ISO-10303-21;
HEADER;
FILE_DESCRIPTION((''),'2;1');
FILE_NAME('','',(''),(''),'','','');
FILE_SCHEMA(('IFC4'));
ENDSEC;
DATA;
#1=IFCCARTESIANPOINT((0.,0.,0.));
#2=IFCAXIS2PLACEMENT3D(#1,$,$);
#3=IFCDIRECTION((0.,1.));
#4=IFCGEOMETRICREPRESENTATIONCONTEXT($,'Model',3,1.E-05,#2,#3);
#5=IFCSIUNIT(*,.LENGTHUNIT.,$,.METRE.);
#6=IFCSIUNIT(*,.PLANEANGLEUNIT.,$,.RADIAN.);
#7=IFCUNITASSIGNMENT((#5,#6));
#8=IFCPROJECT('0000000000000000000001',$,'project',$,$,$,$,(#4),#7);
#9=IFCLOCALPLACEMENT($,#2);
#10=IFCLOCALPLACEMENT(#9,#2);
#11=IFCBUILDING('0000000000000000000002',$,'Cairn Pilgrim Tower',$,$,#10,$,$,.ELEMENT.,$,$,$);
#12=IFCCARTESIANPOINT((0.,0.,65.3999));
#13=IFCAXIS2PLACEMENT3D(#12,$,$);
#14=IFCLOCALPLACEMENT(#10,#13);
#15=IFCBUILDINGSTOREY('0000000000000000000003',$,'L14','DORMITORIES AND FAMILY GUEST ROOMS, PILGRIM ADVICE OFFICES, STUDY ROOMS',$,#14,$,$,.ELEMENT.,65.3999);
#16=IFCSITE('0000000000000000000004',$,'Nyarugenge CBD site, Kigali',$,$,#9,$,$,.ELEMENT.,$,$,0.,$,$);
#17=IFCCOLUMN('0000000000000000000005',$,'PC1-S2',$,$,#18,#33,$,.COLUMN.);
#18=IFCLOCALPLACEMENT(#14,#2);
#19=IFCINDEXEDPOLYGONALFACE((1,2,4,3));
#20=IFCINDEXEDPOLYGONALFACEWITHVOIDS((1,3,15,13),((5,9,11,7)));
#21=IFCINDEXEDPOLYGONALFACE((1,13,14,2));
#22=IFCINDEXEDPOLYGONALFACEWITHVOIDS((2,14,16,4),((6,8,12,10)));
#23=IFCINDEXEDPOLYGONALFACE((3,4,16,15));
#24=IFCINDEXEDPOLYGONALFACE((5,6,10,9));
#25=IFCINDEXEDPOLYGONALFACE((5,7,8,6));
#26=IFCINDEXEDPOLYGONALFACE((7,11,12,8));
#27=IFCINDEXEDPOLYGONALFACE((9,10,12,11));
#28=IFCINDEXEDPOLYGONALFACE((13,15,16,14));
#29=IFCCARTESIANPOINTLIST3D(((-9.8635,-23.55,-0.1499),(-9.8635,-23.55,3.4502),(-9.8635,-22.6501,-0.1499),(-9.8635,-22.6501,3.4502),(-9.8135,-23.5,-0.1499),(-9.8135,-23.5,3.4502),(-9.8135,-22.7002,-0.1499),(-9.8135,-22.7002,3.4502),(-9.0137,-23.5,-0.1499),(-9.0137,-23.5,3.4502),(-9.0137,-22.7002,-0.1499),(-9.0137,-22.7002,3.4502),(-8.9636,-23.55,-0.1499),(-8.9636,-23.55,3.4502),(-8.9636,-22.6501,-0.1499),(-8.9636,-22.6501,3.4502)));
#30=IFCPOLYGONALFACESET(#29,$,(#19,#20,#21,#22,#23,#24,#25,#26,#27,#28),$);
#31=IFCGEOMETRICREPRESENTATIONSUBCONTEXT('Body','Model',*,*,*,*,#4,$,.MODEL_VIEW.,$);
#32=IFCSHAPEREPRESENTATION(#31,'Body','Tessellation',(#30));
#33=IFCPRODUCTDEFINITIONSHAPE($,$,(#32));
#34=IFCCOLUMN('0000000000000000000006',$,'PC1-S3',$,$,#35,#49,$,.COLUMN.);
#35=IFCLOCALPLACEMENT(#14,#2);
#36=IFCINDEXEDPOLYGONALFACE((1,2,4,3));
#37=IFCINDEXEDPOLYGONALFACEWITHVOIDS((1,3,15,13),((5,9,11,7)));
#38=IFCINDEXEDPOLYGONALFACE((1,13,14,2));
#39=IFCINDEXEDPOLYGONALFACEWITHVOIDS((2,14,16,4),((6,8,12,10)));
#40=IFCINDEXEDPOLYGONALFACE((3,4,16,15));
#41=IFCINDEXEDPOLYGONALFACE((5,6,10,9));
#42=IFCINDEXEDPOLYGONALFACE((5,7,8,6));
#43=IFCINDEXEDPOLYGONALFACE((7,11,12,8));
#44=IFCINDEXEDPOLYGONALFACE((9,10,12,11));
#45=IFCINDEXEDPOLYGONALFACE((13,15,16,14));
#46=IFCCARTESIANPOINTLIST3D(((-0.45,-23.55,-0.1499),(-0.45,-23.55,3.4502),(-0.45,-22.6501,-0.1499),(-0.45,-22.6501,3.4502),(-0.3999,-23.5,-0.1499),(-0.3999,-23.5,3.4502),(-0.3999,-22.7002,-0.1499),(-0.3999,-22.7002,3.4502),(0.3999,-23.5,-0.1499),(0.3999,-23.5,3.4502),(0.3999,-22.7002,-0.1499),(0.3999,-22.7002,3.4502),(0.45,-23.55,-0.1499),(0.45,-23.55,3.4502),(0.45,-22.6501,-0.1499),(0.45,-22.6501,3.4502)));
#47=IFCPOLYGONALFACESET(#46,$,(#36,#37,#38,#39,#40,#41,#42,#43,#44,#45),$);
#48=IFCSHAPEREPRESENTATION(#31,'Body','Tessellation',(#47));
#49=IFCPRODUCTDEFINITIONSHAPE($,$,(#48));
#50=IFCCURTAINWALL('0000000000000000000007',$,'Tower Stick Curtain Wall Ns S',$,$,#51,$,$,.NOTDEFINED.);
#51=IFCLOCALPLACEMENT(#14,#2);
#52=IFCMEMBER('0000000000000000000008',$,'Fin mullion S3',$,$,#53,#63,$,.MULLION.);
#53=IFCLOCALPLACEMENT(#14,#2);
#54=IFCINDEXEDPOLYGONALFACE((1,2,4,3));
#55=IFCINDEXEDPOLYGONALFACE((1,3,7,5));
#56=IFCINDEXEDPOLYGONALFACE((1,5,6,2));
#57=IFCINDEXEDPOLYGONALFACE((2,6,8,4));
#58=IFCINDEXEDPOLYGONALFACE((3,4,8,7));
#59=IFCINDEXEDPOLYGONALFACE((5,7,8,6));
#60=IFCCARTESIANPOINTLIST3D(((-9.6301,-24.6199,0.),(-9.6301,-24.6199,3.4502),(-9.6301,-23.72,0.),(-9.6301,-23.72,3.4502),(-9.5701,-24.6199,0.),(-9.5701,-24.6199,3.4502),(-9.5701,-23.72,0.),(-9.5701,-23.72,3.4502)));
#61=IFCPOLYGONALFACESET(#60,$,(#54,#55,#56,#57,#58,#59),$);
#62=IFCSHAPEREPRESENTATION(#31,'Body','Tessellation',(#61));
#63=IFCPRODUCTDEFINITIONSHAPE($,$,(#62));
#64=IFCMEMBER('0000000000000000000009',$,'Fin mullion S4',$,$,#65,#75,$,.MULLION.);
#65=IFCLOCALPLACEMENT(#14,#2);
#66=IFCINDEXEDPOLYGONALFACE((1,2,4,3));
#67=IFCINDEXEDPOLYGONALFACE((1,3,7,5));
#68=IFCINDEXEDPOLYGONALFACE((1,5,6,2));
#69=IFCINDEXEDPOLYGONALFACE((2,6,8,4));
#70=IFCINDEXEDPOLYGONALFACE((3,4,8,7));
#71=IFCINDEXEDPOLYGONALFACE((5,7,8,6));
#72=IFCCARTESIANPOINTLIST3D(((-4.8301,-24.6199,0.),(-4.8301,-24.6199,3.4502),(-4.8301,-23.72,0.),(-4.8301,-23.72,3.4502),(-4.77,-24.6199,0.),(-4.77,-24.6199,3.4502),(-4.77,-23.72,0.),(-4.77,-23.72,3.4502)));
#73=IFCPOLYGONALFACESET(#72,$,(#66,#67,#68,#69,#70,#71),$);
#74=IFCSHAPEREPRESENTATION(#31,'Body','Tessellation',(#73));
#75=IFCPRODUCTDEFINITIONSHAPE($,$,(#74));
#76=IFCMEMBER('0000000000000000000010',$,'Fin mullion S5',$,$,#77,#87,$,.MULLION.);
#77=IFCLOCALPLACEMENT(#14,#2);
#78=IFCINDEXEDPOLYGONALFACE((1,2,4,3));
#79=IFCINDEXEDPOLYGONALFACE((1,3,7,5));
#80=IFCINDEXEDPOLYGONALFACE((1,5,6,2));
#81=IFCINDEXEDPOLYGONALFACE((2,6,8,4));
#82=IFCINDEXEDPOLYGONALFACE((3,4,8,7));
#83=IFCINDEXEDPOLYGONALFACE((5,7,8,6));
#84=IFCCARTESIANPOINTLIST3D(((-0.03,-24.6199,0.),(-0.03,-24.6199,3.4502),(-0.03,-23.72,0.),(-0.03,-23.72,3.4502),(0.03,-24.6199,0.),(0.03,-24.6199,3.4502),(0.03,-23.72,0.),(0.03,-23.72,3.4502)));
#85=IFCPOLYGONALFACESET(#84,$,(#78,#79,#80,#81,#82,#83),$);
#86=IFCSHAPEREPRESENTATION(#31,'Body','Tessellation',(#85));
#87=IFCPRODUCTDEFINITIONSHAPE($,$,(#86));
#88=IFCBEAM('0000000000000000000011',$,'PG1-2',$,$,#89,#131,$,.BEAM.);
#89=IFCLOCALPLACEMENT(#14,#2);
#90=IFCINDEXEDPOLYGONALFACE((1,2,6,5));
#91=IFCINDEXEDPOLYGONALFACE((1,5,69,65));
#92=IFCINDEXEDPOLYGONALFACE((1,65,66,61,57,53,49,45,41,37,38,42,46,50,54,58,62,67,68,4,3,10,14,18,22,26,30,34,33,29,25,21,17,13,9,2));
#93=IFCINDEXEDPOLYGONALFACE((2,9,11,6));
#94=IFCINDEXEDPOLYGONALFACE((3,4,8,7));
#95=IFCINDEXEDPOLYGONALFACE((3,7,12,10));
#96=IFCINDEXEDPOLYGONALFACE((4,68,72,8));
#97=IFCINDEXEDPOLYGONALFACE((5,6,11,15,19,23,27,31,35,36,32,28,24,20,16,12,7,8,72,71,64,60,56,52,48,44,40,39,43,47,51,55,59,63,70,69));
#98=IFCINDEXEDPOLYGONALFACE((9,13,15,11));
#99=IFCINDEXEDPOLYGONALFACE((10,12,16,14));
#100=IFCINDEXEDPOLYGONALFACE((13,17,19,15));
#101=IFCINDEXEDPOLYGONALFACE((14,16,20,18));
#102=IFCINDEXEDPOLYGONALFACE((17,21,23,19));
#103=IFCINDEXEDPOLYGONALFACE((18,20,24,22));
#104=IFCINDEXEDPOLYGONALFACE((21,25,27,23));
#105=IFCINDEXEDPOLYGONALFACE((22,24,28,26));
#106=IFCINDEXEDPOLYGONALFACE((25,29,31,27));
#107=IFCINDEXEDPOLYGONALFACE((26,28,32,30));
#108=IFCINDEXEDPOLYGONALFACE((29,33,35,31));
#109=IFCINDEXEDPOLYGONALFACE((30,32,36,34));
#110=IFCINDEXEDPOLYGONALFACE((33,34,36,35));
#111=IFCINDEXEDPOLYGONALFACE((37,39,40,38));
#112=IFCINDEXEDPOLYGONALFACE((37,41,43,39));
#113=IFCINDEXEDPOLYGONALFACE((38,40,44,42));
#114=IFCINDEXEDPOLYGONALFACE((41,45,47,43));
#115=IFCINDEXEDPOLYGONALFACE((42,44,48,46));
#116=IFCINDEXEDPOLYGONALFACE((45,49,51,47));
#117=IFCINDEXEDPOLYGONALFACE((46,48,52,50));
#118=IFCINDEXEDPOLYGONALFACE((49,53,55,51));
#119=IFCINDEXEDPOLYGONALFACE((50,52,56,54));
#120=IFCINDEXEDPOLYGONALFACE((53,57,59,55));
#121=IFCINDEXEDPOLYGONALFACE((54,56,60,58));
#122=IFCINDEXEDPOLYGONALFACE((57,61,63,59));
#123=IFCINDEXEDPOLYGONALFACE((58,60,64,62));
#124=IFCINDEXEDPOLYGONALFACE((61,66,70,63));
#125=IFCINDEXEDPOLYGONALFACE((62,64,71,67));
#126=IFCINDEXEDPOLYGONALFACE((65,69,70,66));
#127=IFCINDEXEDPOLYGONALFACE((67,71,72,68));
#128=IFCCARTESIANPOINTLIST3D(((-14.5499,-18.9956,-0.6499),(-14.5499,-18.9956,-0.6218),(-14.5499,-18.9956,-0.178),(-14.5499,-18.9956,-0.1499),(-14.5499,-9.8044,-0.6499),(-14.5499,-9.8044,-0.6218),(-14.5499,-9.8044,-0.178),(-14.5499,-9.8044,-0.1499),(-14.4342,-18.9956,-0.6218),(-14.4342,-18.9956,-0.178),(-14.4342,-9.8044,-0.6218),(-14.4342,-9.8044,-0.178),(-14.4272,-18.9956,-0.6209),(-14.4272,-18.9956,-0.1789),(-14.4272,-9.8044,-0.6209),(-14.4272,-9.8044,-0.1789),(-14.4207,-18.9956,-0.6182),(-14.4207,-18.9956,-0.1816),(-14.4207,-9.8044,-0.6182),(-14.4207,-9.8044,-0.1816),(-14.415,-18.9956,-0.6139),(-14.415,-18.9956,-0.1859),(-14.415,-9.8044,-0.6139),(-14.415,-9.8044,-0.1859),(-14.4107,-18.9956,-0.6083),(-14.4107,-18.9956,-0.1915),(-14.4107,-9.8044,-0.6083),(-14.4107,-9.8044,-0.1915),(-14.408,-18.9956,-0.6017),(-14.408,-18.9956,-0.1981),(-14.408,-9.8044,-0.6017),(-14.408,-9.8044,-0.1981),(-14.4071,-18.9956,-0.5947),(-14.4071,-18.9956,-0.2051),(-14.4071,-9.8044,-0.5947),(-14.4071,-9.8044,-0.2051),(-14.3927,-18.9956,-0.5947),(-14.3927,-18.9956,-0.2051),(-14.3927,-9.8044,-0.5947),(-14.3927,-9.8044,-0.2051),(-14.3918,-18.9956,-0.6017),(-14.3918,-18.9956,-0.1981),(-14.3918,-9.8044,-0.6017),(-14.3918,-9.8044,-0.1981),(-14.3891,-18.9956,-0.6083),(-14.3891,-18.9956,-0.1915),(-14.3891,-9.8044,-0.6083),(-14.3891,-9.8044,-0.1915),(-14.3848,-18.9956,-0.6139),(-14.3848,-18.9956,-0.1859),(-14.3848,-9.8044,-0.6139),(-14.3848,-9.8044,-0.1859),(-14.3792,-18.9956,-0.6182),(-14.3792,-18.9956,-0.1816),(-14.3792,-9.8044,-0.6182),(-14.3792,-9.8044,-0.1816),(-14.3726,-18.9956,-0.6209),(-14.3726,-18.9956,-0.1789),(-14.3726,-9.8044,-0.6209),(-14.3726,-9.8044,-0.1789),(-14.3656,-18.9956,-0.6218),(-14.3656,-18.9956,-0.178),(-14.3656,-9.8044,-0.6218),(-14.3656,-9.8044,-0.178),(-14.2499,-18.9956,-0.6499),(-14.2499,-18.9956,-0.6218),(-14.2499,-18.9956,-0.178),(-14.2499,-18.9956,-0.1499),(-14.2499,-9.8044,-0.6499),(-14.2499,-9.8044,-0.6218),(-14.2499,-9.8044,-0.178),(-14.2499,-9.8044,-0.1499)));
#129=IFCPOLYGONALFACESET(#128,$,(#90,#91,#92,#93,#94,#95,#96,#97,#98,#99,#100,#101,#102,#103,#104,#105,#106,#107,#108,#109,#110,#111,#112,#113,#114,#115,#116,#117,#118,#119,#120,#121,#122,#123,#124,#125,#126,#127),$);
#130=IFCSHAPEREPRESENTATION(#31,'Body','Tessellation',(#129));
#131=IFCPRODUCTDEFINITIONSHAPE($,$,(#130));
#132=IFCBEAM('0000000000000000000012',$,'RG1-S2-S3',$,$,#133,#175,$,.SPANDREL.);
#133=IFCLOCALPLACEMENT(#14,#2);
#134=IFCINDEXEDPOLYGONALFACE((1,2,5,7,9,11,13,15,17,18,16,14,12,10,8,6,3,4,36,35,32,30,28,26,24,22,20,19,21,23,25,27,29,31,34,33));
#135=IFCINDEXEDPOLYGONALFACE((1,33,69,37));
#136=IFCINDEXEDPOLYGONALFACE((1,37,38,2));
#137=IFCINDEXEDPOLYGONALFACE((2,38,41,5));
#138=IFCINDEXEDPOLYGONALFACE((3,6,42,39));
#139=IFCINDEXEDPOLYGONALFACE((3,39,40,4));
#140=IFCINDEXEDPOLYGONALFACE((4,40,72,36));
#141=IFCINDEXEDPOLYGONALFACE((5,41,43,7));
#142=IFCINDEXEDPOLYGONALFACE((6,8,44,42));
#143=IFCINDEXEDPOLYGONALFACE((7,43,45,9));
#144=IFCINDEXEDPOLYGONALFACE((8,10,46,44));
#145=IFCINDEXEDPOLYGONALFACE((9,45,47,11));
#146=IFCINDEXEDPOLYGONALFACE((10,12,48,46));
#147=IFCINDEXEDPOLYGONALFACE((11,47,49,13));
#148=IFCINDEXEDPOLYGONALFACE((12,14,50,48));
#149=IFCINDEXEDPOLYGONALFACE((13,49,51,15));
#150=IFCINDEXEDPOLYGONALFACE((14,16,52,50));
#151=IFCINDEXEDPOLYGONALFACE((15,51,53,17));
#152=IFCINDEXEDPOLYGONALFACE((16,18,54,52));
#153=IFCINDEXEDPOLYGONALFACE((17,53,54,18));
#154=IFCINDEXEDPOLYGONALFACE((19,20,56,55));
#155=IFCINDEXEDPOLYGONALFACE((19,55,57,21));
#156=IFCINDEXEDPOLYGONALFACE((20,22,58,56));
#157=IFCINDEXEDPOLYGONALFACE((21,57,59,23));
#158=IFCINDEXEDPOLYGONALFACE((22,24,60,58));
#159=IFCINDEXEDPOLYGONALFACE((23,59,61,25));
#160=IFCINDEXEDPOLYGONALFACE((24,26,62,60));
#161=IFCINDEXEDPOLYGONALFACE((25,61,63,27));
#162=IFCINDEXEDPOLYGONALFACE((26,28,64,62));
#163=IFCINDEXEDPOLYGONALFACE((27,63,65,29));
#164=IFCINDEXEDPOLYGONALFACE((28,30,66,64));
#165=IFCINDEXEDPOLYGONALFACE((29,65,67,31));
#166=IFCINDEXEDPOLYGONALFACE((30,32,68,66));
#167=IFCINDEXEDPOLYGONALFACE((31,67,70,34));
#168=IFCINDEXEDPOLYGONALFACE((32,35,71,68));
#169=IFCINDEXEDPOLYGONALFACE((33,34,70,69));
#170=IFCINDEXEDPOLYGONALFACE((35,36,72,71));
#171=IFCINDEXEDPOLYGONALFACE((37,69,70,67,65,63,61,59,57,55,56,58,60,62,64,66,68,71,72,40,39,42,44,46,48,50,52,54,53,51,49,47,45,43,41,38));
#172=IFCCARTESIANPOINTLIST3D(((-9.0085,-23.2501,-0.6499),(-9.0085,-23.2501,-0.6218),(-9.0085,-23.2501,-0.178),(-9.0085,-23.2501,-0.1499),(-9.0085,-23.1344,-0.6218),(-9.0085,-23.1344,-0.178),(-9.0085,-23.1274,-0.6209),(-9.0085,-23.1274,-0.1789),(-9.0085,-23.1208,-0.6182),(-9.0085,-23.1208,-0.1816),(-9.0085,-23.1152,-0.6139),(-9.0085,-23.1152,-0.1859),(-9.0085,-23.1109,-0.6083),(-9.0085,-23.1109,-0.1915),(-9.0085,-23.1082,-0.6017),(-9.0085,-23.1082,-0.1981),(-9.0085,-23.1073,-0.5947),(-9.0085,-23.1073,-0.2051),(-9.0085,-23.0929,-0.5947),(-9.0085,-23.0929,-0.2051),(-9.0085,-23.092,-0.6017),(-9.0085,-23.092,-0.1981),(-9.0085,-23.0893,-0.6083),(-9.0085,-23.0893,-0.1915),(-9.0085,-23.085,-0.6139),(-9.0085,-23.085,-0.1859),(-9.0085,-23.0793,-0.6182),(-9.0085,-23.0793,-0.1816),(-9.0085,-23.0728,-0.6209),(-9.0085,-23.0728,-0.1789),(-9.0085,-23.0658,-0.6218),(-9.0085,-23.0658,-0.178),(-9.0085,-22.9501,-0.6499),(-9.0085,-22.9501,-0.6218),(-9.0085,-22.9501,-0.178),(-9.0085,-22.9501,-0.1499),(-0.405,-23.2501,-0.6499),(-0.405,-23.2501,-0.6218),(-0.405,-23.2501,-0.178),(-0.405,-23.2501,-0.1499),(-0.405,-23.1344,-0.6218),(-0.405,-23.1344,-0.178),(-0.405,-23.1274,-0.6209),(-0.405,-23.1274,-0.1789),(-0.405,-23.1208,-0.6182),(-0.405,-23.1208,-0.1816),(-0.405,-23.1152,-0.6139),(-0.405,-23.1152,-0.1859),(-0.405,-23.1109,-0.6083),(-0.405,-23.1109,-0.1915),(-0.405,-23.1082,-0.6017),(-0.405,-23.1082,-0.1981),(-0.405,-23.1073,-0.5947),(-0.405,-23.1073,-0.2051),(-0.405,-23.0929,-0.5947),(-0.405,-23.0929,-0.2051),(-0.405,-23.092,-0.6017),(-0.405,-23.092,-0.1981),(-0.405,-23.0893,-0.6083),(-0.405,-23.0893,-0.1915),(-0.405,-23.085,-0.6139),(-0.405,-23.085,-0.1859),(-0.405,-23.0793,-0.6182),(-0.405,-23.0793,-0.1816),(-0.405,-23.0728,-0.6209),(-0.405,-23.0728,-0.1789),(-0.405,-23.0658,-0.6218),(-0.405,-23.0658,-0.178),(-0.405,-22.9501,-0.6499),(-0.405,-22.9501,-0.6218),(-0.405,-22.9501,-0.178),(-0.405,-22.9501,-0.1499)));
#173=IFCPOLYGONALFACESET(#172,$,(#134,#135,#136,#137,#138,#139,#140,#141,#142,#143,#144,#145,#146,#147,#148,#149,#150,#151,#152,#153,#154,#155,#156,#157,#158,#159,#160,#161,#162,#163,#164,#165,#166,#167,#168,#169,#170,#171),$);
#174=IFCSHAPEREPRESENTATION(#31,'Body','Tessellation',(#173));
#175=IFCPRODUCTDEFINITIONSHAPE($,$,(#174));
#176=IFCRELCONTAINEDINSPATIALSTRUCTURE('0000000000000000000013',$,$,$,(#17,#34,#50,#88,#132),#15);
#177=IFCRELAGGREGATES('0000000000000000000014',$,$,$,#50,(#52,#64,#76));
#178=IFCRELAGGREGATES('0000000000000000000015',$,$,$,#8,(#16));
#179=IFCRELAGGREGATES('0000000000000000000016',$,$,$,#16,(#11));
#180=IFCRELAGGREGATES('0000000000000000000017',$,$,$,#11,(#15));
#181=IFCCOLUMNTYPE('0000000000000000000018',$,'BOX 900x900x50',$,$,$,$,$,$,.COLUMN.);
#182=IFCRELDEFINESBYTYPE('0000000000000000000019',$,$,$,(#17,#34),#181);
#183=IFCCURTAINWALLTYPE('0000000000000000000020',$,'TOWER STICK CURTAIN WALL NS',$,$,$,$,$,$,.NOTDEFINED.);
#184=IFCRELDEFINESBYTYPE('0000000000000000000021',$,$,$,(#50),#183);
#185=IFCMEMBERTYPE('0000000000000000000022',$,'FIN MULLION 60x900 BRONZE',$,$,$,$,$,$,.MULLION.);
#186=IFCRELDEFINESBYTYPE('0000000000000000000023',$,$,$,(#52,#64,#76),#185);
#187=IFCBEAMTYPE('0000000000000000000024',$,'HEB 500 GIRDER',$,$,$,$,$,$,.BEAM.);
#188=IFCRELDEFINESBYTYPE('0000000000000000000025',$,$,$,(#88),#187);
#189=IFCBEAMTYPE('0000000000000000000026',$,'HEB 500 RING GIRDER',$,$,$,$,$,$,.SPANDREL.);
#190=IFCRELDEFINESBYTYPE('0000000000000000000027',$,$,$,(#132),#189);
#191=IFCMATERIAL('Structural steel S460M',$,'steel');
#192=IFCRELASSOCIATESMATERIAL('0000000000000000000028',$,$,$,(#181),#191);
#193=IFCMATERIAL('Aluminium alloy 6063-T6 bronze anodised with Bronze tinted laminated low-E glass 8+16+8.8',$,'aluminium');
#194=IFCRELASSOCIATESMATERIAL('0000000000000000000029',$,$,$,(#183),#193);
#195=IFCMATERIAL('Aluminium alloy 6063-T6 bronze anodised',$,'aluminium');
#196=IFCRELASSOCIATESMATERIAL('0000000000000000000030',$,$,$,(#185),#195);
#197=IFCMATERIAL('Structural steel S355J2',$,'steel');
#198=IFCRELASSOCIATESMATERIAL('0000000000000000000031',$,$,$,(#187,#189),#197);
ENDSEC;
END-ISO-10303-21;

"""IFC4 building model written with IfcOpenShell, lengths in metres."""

from ifc_helpers import new_model, si_unit, direction, frame, origin, origin_2d, place, context, subcontext, project, spatial, rectangle, hollow_rectangle, i_section, extrude, material, material_profile, profile_set, type_object, element, aggregate, save


model = new_model("IFC4")

# Units and contexts
model_context = context("Model", 3, precision=1e-05, world=origin(), true_north=direction((0.0, 1.0)))
body_context = subcontext(model_context, "Body", "Model", "MODEL_VIEW")
ifc_project = project(units=[si_unit("LENGTHUNIT", "METRE"), si_unit("PLANEANGLEUNIT", "RADIAN")], contexts=[model_context])

# Site, building, storey
site_placement = place(None, origin())
site = spatial("IfcSite", under=ifc_project, at=site_placement, Name="Nyarugenge CBD site, Kigali", CompositionType="ELEMENT", RefElevation=0.0)
building_placement = place(site_placement, origin())
building = spatial("IfcBuilding", under=site, at=building_placement, Name="Cairn Pilgrim Tower", CompositionType="ELEMENT")
storey_placement = place(building_placement, frame((0.0, 0.0, 65.3999)))
storey = spatial("IfcBuildingStorey", under=building, at=storey_placement, Name="L14", Description="DORMITORIES AND FAMILY GUEST ROOMS, PILGRIM ADVICE OFFICES, STUDY ROOMS", CompositionType="ELEMENT", Elevation=65.3999)

# Columns
ifc_material_1 = material(Name="Structural steel S460M", Category="steel")
ifc_material_profile_1 = material_profile(ifc_material_1, hollow_rectangle(XDim=0.8999, YDim=0.8999, WallThickness=0.05, at=origin_2d()), Name="BOX 900x900x50")
ifc_profile_set_1 = profile_set([ifc_material_profile_1], Name="Structural steel S460M")
column_type = type_object("IfcColumnType", Name="BOX 900x900x50", PredefinedType="COLUMN", material=ifc_profile_set_1)
for number, where, z_axis, x_axis, name in (
    (1, (-9.4136, -23.1001, -0.1499), (0.0, 0.0, 1.0), (1.0, 0.0, 0.0), "PC1-S2"),
    (2, (0.0, -23.1001, -0.1499), (0.0, 0.0, 1.0), (1.0, 0.0, 0.0), "PC1-S3"),
):
    element("IfcColumn", number, at=place(storey_placement, frame(where, z_axis=z_axis, x_axis=x_axis)), inside=storey, type_object=column_type, Name=name, PredefinedType="COLUMN", context=body_context, shape_type="SweptSolid", body=[
        extrude(hollow_rectangle(XDim=0.8999, YDim=0.8999, WallThickness=0.05, at=origin_2d()), origin(), (0.0, 0.0, 1.0), 3.6001),
    ])

# Curtain wall, members
ifc_material_2 = material(Name="Aluminium alloy 6063-T6 bronze anodised with Bronze tinted laminated low-E glass 8+16+8.8", Category="aluminium")
curtain_wall_type = type_object("IfcCurtainWallType", Name="TOWER STICK CURTAIN WALL NS", PredefinedType="NOTDEFINED", material=ifc_material_2)
curtain_wall_placement = place(storey_placement, origin())
curtain_wall = element("IfcCurtainWall", 3, at=curtain_wall_placement, inside=storey, type_object=curtain_wall_type, Name="Tower Stick Curtain Wall Ns S", PredefinedType="NOTDEFINED")
ifc_material_3 = material(Name="Aluminium alloy 6063-T6 bronze anodised", Category="aluminium")
ifc_material_profile_2 = material_profile(ifc_material_3, rectangle(XDim=0.8999, YDim=0.0601, at=origin_2d()), Name="FIN MULLION 60x900 BRONZE")
ifc_profile_set_2 = profile_set([ifc_material_profile_2], Name="Aluminium alloy 6063-T6 bronze anodised")
member_type_1 = type_object("IfcMemberType", Name="FIN MULLION 60x900 BRONZE", PredefinedType="MULLION", material=ifc_profile_set_2)
member_1_placement = place(storey_placement, frame((-9.6001, -24.1699, 0.0), z_axis=(0.0, 0.0, 1.0), x_axis=(0.0, -1.0, 0.0)))
member_1 = element("IfcMember", 4, at=member_1_placement, type_object=member_type_1, Name="Fin mullion S3", PredefinedType="MULLION", context=body_context, shape_type="SweptSolid", body=[
    extrude(rectangle(XDim=0.8999, YDim=0.0601, at=origin_2d()), origin(), (0.0, 0.0, 1.0), 3.4502),
])
member_2_placement = place(storey_placement, frame((-4.8, -24.1699, 0.0), z_axis=(0.0, 0.0, 1.0), x_axis=(0.0, -1.0, 0.0)))
member_2 = element("IfcMember", 5, at=member_2_placement, type_object=member_type_1, Name="Fin mullion S4", PredefinedType="MULLION", context=body_context, shape_type="SweptSolid", body=[
    extrude(rectangle(XDim=0.8999, YDim=0.0601, at=origin_2d()), origin(), (0.0, 0.0, 1.0), 3.4502),
])
member_3_placement = place(storey_placement, frame((0.0, -24.1699, 0.0), z_axis=(0.0, 0.0, 1.0), x_axis=(0.0, -1.0, 0.0)))
member_3 = element("IfcMember", 6, at=member_3_placement, type_object=member_type_1, Name="Fin mullion S5", PredefinedType="MULLION", context=body_context, shape_type="SweptSolid", body=[
    extrude(rectangle(XDim=0.8999, YDim=0.0601, at=origin_2d()), origin(), (0.0, 0.0, 1.0), 3.4502),
])

# Beams
ifc_material_4 = material(Name="Structural steel S355J2", Category="steel")
ifc_material_profile_3 = material_profile(ifc_material_4, i_section(OverallWidth=0.3, OverallDepth=0.5, WebThickness=0.0144, FlangeThickness=0.0281, FilletRadius=0.0271, at=origin_2d()), Name="HEB 500")
ifc_profile_set_3 = profile_set([ifc_material_profile_3], Name="Structural steel S355J2")
beam_type_1 = type_object("IfcBeamType", Name="HEB 500 GIRDER", PredefinedType="BEAM", material=ifc_profile_set_3)
beam_1_placement = place(storey_placement, frame((-14.3999, -18.9956, -0.3999), z_axis=(0.0, 1.0, 0.0), x_axis=(-1.0, 0.0, 0.0)))
element("IfcBeam", 7, at=beam_1_placement, inside=storey, type_object=beam_type_1, Name="PG1-2", PredefinedType="BEAM", context=body_context, shape_type="SweptSolid", body=[
    extrude(i_section(OverallWidth=0.3, OverallDepth=0.5, WebThickness=0.0144, FlangeThickness=0.0281, FilletRadius=0.0271, at=origin_2d()), origin(), (0.0, 0.0, 1.0), 9.1912),
])
ifc_material_profile_4 = material_profile(ifc_material_4, i_section(OverallWidth=0.3, OverallDepth=0.5, WebThickness=0.0144, FlangeThickness=0.0281, FilletRadius=0.0271, at=origin_2d()), Name="HEB 500")
ifc_profile_set_4 = profile_set([ifc_material_profile_4], Name="Structural steel S355J2")
beam_type_2 = type_object("IfcBeamType", Name="HEB 500 RING GIRDER", PredefinedType="SPANDREL", material=ifc_profile_set_4)
for number, where, z_axis, x_axis, name in (
    (8, (-9.0085, -23.1001, -0.3999), (1.0, 0.0, 0.0), (0.0, 1.0, 0.0), "RG1-S2-S3"),
):
    element("IfcBeam", number, at=place(storey_placement, frame(where, z_axis=z_axis, x_axis=x_axis)), inside=storey, type_object=beam_type_2, Name=name, PredefinedType="SPANDREL", context=body_context, shape_type="SweptSolid", body=[
        extrude(i_section(OverallWidth=0.3, OverallDepth=0.5, WebThickness=0.0144, FlangeThickness=0.0281, FilletRadius=0.0271, at=origin_2d()), origin(), (0.0, 0.0, 1.0), 8.6035),
    ])

aggregate(curtain_wall, [member_1, member_2, member_3])

save(model, "model.ifc")
